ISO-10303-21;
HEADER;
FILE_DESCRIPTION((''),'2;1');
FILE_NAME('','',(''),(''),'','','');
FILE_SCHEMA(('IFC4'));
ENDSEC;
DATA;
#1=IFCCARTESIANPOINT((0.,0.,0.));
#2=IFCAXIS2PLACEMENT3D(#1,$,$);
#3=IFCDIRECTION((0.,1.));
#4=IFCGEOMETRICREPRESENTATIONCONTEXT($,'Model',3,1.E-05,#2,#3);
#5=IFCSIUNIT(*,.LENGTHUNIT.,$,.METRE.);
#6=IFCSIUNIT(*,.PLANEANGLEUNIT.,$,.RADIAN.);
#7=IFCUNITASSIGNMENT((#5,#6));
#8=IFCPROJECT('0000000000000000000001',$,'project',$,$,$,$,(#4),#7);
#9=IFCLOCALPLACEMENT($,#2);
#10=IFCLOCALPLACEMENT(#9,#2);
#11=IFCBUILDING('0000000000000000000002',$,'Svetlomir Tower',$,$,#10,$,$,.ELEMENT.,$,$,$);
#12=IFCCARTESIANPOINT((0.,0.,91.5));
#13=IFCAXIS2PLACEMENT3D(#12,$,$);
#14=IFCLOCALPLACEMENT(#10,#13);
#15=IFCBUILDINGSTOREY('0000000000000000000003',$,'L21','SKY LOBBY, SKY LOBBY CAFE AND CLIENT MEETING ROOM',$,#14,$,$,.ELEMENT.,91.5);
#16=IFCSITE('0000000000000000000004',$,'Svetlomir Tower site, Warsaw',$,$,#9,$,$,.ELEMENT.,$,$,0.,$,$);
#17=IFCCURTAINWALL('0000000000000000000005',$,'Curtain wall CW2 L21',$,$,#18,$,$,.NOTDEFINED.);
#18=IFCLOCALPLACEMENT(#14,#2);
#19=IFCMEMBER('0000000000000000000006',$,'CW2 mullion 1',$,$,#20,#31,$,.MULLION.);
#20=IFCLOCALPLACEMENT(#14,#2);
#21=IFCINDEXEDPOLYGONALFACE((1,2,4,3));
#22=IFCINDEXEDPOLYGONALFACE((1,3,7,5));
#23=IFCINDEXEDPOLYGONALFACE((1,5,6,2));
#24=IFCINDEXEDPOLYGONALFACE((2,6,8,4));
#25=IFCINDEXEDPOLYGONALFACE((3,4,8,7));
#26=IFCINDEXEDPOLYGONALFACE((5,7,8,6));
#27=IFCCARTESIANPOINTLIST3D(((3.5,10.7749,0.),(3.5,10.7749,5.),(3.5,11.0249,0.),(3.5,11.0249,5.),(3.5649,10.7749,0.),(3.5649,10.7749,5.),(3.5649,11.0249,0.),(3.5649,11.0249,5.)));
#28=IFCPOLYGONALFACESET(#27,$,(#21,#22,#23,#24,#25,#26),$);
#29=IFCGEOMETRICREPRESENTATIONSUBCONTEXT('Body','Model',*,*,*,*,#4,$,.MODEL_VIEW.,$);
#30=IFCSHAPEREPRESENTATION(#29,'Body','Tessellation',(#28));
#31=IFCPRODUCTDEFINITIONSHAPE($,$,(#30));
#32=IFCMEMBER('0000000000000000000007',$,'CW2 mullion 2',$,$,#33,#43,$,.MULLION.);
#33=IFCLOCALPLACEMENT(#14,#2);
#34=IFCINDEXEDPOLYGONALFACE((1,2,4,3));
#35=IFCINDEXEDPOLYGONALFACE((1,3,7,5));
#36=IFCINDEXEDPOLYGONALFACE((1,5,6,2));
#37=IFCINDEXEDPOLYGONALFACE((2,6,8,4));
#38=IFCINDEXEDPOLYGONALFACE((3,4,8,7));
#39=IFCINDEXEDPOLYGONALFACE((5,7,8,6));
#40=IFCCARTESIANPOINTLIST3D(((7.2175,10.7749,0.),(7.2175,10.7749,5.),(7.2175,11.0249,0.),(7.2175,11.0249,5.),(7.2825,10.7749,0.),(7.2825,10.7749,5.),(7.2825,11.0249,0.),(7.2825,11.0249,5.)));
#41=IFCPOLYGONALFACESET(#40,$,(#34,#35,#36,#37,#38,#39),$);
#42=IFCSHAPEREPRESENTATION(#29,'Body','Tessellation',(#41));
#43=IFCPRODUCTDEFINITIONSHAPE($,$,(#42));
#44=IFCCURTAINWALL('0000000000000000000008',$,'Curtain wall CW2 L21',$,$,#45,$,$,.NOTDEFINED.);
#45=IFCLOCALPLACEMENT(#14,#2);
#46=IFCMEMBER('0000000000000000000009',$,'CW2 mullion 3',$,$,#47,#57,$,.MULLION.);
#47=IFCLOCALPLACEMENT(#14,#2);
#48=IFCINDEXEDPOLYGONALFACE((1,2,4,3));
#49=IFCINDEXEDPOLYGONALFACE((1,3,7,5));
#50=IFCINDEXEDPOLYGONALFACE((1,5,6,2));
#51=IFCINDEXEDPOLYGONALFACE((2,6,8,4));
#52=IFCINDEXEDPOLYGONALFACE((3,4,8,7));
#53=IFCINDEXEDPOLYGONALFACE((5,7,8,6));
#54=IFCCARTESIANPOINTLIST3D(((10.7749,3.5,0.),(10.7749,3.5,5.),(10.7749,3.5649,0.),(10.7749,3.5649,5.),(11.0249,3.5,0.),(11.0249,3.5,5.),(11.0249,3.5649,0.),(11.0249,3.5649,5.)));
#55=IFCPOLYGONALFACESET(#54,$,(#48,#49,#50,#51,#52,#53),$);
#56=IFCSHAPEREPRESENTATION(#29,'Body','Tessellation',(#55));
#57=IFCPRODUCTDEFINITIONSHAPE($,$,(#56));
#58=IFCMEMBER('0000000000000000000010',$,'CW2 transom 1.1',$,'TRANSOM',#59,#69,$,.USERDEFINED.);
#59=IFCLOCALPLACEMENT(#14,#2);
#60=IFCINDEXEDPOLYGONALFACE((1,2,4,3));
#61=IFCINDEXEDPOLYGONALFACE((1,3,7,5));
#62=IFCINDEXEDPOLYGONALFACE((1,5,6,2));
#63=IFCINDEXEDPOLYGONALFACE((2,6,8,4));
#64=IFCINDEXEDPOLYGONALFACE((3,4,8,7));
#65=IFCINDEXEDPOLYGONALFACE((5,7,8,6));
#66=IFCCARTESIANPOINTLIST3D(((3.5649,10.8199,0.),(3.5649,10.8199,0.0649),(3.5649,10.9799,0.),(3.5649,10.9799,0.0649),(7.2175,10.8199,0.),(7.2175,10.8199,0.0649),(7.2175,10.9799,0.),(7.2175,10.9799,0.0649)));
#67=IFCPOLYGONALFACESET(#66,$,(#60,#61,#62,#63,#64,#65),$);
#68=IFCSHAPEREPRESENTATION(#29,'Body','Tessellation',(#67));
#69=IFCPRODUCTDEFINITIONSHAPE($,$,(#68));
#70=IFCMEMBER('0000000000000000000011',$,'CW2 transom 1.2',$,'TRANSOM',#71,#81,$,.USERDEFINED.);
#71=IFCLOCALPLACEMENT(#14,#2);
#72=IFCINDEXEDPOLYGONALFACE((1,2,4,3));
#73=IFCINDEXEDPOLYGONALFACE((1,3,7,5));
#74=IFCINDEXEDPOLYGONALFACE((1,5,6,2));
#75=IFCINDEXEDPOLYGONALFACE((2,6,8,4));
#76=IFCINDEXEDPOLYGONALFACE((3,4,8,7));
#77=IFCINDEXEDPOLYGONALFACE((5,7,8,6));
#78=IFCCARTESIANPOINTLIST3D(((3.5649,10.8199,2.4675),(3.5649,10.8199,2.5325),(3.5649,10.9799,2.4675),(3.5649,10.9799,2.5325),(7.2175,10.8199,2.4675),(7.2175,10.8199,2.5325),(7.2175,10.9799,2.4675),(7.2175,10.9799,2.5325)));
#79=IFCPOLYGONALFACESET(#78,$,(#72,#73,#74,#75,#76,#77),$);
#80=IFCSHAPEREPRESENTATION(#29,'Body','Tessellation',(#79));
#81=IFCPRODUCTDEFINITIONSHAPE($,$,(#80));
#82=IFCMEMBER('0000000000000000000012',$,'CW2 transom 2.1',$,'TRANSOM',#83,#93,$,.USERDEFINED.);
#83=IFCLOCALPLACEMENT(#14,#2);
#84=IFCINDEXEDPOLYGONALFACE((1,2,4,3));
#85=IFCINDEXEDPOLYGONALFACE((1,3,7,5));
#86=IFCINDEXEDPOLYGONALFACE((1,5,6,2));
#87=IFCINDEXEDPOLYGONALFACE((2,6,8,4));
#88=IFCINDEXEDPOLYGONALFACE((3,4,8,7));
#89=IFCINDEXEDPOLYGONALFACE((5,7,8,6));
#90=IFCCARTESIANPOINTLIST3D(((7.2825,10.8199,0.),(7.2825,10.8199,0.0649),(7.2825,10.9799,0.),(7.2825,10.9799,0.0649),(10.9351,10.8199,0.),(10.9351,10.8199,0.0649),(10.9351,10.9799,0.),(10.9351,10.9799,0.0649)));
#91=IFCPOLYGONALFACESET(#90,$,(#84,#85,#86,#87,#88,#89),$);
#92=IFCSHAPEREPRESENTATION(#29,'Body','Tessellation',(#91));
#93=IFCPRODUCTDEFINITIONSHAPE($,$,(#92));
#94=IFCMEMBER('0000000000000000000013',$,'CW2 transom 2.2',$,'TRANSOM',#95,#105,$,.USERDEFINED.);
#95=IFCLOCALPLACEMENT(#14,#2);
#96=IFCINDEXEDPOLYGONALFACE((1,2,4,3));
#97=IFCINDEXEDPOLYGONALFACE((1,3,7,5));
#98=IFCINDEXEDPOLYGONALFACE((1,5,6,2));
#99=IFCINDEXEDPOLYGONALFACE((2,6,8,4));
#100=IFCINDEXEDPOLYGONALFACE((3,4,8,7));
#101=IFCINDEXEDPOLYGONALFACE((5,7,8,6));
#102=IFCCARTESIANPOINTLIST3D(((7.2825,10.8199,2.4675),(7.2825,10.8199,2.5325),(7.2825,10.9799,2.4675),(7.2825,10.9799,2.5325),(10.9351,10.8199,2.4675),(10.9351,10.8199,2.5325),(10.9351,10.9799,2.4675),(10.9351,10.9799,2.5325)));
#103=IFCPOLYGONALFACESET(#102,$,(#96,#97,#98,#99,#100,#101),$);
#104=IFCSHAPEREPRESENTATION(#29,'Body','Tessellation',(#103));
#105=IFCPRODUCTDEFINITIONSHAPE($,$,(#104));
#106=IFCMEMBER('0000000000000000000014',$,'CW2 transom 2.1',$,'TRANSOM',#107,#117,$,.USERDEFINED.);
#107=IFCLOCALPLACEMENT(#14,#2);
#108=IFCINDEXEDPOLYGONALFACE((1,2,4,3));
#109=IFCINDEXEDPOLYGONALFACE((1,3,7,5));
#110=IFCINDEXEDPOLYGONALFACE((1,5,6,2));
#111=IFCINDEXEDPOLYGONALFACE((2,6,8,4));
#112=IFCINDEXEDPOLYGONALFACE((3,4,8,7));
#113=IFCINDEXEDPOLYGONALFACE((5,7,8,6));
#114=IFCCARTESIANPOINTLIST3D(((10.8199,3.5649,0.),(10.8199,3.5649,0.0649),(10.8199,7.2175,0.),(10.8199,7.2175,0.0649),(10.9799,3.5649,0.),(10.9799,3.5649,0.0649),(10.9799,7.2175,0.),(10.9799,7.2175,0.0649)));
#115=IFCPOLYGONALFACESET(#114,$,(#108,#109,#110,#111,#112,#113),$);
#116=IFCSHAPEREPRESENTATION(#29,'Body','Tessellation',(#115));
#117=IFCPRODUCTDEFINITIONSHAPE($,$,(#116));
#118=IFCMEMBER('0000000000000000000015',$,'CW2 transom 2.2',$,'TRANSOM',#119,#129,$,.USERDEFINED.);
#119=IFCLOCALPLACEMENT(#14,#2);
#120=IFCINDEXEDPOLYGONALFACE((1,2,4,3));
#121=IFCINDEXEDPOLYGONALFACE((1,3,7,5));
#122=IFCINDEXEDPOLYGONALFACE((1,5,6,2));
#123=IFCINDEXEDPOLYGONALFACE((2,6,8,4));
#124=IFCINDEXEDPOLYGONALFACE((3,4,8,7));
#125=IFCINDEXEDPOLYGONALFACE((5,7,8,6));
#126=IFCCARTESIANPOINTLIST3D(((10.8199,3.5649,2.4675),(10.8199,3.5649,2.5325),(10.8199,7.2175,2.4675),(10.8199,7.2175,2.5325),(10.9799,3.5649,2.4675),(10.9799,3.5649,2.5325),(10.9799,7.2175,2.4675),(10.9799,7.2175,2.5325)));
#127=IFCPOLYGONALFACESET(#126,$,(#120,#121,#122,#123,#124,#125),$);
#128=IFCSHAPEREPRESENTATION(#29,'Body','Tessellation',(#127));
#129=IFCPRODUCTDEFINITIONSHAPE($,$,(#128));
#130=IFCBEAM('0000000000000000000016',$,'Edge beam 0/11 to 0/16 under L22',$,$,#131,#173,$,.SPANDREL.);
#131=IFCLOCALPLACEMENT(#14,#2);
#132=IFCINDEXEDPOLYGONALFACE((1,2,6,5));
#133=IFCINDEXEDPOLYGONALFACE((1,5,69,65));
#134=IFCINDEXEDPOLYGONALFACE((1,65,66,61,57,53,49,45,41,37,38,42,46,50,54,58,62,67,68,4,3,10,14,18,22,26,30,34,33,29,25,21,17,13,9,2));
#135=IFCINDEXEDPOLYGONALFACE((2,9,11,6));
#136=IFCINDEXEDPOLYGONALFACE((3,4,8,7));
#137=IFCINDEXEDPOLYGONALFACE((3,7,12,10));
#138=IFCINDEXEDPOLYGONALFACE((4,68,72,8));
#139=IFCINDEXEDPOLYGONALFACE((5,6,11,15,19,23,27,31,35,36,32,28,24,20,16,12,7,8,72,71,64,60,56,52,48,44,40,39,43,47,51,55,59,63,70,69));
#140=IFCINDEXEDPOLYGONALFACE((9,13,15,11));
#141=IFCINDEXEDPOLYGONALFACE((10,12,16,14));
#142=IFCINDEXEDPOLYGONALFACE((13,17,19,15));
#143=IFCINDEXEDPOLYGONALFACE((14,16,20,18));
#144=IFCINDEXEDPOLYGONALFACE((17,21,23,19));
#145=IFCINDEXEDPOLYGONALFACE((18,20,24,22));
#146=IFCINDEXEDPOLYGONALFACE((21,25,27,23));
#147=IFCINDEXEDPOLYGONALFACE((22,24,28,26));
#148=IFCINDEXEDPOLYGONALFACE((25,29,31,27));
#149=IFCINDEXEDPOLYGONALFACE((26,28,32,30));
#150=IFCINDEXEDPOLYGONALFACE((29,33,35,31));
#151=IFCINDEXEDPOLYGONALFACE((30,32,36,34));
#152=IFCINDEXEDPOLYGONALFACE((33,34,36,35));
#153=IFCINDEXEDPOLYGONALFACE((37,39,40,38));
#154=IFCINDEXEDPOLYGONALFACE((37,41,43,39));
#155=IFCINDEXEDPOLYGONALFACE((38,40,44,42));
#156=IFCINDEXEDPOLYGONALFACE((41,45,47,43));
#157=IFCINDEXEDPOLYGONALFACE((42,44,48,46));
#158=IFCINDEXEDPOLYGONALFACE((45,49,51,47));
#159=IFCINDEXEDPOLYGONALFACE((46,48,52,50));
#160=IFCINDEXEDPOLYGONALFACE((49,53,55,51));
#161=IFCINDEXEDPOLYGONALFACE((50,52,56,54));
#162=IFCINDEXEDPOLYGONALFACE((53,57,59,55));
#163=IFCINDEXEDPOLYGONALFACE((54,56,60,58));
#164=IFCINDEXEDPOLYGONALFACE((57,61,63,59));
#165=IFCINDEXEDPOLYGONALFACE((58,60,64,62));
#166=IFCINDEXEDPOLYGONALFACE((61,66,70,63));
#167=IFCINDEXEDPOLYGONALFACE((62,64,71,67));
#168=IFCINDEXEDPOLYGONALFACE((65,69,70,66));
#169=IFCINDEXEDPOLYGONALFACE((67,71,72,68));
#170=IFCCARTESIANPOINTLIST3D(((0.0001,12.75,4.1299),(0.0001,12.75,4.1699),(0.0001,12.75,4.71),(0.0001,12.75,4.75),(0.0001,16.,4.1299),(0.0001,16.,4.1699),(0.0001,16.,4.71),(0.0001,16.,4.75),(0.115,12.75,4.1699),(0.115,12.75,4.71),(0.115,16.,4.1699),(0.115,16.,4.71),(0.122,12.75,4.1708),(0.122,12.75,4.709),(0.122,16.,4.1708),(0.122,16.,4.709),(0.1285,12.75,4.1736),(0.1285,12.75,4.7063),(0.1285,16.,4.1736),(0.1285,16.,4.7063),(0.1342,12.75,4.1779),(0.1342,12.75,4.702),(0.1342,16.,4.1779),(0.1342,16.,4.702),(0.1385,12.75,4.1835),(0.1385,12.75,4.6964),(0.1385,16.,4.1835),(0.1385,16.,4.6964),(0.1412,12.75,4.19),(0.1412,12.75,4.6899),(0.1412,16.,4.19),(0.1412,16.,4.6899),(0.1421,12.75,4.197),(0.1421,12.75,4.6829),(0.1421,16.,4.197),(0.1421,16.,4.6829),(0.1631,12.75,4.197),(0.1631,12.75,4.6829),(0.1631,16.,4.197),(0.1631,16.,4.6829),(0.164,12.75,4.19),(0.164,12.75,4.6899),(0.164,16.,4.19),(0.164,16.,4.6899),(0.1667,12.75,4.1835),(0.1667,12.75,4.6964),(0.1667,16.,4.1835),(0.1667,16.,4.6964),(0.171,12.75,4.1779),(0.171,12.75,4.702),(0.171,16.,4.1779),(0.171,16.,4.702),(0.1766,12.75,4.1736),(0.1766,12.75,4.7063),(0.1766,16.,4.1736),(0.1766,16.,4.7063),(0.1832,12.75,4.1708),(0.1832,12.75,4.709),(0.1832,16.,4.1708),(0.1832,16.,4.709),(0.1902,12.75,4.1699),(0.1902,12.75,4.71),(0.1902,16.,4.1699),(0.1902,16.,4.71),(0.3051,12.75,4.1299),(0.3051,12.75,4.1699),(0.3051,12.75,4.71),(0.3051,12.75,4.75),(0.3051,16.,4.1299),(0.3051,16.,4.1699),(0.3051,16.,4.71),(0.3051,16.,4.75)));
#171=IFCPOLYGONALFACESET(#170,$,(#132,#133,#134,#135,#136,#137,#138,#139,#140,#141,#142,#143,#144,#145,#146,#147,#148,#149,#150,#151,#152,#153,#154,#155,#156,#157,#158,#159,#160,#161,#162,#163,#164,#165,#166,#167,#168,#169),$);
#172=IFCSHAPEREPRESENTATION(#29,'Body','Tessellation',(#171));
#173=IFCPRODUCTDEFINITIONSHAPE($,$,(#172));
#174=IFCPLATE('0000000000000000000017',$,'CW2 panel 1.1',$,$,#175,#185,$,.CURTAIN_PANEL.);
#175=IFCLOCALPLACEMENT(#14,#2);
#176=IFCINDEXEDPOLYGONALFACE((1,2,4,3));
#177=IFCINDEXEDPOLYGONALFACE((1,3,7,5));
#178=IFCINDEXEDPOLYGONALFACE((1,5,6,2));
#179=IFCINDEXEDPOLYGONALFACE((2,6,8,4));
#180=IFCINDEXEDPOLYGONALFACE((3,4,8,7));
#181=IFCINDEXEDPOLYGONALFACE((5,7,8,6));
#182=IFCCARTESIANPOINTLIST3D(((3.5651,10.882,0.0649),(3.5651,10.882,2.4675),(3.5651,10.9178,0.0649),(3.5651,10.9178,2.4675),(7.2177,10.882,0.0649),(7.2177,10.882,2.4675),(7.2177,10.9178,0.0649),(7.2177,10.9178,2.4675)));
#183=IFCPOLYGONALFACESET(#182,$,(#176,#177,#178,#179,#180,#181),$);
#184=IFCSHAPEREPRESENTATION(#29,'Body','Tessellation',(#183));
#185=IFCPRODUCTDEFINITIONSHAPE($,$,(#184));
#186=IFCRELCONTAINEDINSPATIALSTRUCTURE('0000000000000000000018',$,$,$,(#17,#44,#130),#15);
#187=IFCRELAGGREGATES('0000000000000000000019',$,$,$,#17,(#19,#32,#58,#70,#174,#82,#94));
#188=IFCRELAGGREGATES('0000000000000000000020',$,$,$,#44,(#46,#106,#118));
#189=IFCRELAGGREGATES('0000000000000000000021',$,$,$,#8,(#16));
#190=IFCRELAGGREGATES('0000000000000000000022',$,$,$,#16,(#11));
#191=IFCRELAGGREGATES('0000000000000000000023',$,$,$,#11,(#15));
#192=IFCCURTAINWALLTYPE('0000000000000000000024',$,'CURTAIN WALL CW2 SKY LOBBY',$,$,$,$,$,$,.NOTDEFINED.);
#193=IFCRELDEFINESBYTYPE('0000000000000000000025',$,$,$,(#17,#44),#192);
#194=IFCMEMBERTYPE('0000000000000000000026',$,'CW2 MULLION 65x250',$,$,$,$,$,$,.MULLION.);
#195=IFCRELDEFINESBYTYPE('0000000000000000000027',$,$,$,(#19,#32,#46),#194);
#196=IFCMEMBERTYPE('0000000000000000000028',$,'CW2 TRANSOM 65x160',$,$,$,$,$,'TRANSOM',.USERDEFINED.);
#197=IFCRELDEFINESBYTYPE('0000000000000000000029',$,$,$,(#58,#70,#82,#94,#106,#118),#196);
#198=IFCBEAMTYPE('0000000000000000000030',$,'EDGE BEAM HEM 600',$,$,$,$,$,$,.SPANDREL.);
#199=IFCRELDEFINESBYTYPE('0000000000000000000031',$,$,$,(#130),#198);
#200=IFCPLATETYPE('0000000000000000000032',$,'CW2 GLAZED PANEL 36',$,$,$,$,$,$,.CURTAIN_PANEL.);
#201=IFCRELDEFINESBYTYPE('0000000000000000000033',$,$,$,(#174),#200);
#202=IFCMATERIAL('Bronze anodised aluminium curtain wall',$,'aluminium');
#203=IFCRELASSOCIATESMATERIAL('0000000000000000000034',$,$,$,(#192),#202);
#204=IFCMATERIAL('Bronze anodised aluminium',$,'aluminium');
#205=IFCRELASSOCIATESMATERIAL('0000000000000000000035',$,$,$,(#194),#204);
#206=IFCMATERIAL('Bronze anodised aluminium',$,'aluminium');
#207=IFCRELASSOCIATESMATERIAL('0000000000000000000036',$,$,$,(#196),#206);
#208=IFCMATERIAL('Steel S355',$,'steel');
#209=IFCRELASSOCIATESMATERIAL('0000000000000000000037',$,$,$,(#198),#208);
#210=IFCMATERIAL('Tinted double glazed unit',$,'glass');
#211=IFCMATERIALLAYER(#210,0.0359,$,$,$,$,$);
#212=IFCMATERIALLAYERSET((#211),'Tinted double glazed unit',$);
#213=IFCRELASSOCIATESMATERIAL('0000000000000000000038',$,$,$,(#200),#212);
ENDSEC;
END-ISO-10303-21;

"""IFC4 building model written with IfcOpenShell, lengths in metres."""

from ifc_helpers import new_model, si_unit, direction, frame, origin, origin_2d, place, context, subcontext, project, spatial, rectangle, i_section, extrude, material, layer, layer_set, material_profile, profile_set, type_object, element, aggregate, save


model = new_model("IFC4")

# Units and contexts
model_context = context("Model", 3, precision=1e-05, world=origin(), true_north=direction((0.0, 1.0)))
body_context = subcontext(model_context, "Body", "Model", "MODEL_VIEW")
ifc_project = project(units=[si_unit("LENGTHUNIT", "METRE"), si_unit("PLANEANGLEUNIT", "RADIAN")], contexts=[model_context])

# Site, building, storey
site_placement = place(None, origin())
site = spatial("IfcSite", under=ifc_project, at=site_placement, Name="Svetlomir Tower site, Warsaw", CompositionType="ELEMENT", RefElevation=0.0)
building_placement = place(site_placement, origin())
building = spatial("IfcBuilding", under=site, at=building_placement, Name="Svetlomir Tower", CompositionType="ELEMENT")
storey_placement = place(building_placement, frame((0.0, 0.0, 91.5)))
storey = spatial("IfcBuildingStorey", under=building, at=storey_placement, Name="L21", Description="SKY LOBBY, SKY LOBBY CAFE AND CLIENT MEETING ROOM", CompositionType="ELEMENT", Elevation=91.5)

# Curtain wall, members
ifc_material_1 = material(Name="Bronze anodised aluminium curtain wall", Category="aluminium")
curtain_wall_type = type_object("IfcCurtainWallType", Name="CURTAIN WALL CW2 SKY LOBBY", PredefinedType="NOTDEFINED", material=ifc_material_1)
curtain_wall_1_placement = place(storey_placement, origin())
curtain_wall_1 = element("IfcCurtainWall", 1, at=curtain_wall_1_placement, inside=storey, type_object=curtain_wall_type, Name="Curtain wall CW2 L21", PredefinedType="NOTDEFINED")
ifc_material_2 = material(Name="Bronze anodised aluminium", Category="aluminium")
ifc_material_profile_1 = material_profile(ifc_material_2, rectangle(XDim=0.0649, YDim=0.25, at=origin_2d()), Name="AL 65x250")
ifc_profile_set_1 = profile_set([ifc_material_profile_1], Name="Bronze anodised aluminium 6063-T6")
member_type_1 = type_object("IfcMemberType", Name="CW2 MULLION 65x250", PredefinedType="MULLION", material=ifc_profile_set_1)
member_1_placement = place(storey_placement, frame((3.5325, 10.8999, 0.0), z_axis=(0.0, 0.0, 1.0), x_axis=(1.0, 0.0, 0.0)))
member_1 = element("IfcMember", 2, at=member_1_placement, type_object=member_type_1, Name="CW2 mullion 1", PredefinedType="MULLION", context=body_context, shape_type="SweptSolid", body=[
    extrude(rectangle(XDim=0.0649, YDim=0.25, at=origin_2d()), origin(), (0.0, 0.0, 1.0), 5.0),
])
member_2_placement = place(storey_placement, frame((7.25, 10.8999, 0.0), z_axis=(0.0, 0.0, 1.0), x_axis=(1.0, 0.0, 0.0)))
member_2 = element("IfcMember", 3, at=member_2_placement, type_object=member_type_1, Name="CW2 mullion 2", PredefinedType="MULLION", context=body_context, shape_type="SweptSolid", body=[
    extrude(rectangle(XDim=0.0649, YDim=0.25, at=origin_2d()), origin(), (0.0, 0.0, 1.0), 5.0),
])

# Curtain wall, member
curtain_wall_2_placement = place(storey_placement, origin())
curtain_wall_2 = element("IfcCurtainWall", 4, at=curtain_wall_2_placement, inside=storey, type_object=curtain_wall_type, Name="Curtain wall CW2 L21", PredefinedType="NOTDEFINED")
member_3_placement = place(storey_placement, frame((10.8999, 3.5325, 0.0), z_axis=(0.0, 0.0, 1.0), x_axis=(0.0, -1.0, 0.0)))
member_3 = element("IfcMember", 5, at=member_3_placement, type_object=member_type_1, Name="CW2 mullion 3", PredefinedType="MULLION", context=body_context, shape_type="SweptSolid", body=[
    extrude(rectangle(XDim=0.0649, YDim=0.25, at=origin_2d()), origin(), (0.0, 0.0, 1.0), 5.0),
])

# Members
ifc_material_3 = material(Name="Bronze anodised aluminium", Category="aluminium")
ifc_material_profile_2 = material_profile(ifc_material_3, rectangle(XDim=0.1599, YDim=0.0649, at=origin_2d()), Name="AL 160x65")
ifc_profile_set_2 = profile_set([ifc_material_profile_2], Name="Bronze anodised aluminium 6063-T6")
member_type_2 = type_object("IfcMemberType", Name="CW2 TRANSOM 65x160", ElementType="TRANSOM", PredefinedType="USERDEFINED", material=ifc_profile_set_2)
member_4_placement = place(storey_placement, frame((3.5649, 10.8999, 0.0325), z_axis=(1.0, 0.0, 0.0), x_axis=(0.0, 1.0, 0.0)))
member_4 = element("IfcMember", 6, at=member_4_placement, type_object=member_type_2, Name="CW2 transom 1.1", ObjectType="TRANSOM", PredefinedType="USERDEFINED", context=body_context, shape_type="SweptSolid", body=[
    extrude(rectangle(XDim=0.1599, YDim=0.0649, at=origin_2d()), origin(), (0.0, 0.0, 1.0), 3.6526),
])
member_5_placement = place(storey_placement, frame((3.5649, 10.8999, 2.5), z_axis=(1.0, 0.0, 0.0), x_axis=(0.0, 1.0, 0.0)))
member_5 = element("IfcMember", 7, at=member_5_placement, type_object=member_type_2, Name="CW2 transom 1.2", ObjectType="TRANSOM", PredefinedType="USERDEFINED", context=body_context, shape_type="SweptSolid", body=[
    extrude(rectangle(XDim=0.1599, YDim=0.0649, at=origin_2d()), origin(), (0.0, 0.0, 1.0), 3.6526),
])
member_6_placement = place(storey_placement, frame((7.2825, 10.8999, 0.0325), z_axis=(1.0, 0.0, 0.0), x_axis=(0.0, 1.0, 0.0)))
member_6 = element("IfcMember", 8, at=member_6_placement, type_object=member_type_2, Name="CW2 transom 2.1", ObjectType="TRANSOM", PredefinedType="USERDEFINED", context=body_context, shape_type="SweptSolid", body=[
    extrude(rectangle(XDim=0.1599, YDim=0.0649, at=origin_2d()), origin(), (0.0, 0.0, 1.0), 3.6526),
])
member_7_placement = place(storey_placement, frame((7.2825, 10.8999, 2.5), z_axis=(1.0, 0.0, 0.0), x_axis=(0.0, 1.0, 0.0)))
member_7 = element("IfcMember", 9, at=member_7_placement, type_object=member_type_2, Name="CW2 transom 2.2", ObjectType="TRANSOM", PredefinedType="USERDEFINED", context=body_context, shape_type="SweptSolid", body=[
    extrude(rectangle(XDim=0.1599, YDim=0.0649, at=origin_2d()), origin(), (0.0, 0.0, 1.0), 3.6526),
])
member_8_placement = place(storey_placement, frame((10.8999, 7.2175, 0.0325), z_axis=(0.0, -1.0, 0.0), x_axis=(1.0, 0.0, 0.0)))
member_8 = element("IfcMember", 10, at=member_8_placement, type_object=member_type_2, Name="CW2 transom 2.1", ObjectType="TRANSOM", PredefinedType="USERDEFINED", context=body_context, shape_type="SweptSolid", body=[
    extrude(rectangle(XDim=0.1599, YDim=0.0649, at=origin_2d()), origin(), (0.0, 0.0, 1.0), 3.6526),
])
member_9_placement = place(storey_placement, frame((10.8999, 7.2175, 2.5), z_axis=(0.0, -1.0, 0.0), x_axis=(1.0, 0.0, 0.0)))
member_9 = element("IfcMember", 11, at=member_9_placement, type_object=member_type_2, Name="CW2 transom 2.2", ObjectType="TRANSOM", PredefinedType="USERDEFINED", context=body_context, shape_type="SweptSolid", body=[
    extrude(rectangle(XDim=0.1599, YDim=0.0649, at=origin_2d()), origin(), (0.0, 0.0, 1.0), 3.6526),
])

# Beam
ifc_material_4 = material(Name="Steel S355", Category="steel")
ifc_material_profile_3 = material_profile(ifc_material_4, i_section(OverallWidth=0.3049, OverallDepth=0.6201, WebThickness=0.021, FlangeThickness=0.04, FilletRadius=0.0271, at=origin_2d()), Name="HEM 600")
ifc_profile_set_3 = profile_set([ifc_material_profile_3], Name="Steel S355")
beam_type = type_object("IfcBeamType", Name="EDGE BEAM HEM 600", PredefinedType="SPANDREL", material=ifc_profile_set_3)
beam_placement = place(storey_placement, frame((0.1526, 12.75, 4.4399), z_axis=(0.0, 1.0, 0.0), x_axis=(-1.0, 0.0, 0.0)))
element("IfcBeam", 12, at=beam_placement, inside=storey, type_object=beam_type, Name="Edge beam 0/11 to 0/16 under L22", PredefinedType="SPANDREL", context=body_context, shape_type="SweptSolid", body=[
    extrude(i_section(OverallWidth=0.3049, OverallDepth=0.6201, WebThickness=0.021, FlangeThickness=0.04, FilletRadius=0.0271, at=origin_2d()), origin(), (0.0, 0.0, 1.0), 3.25),
])

# Plate
ifc_material_5 = material(Name="Tinted double glazed unit", Category="glass")
ifc_layer_1 = layer(ifc_material_5, 0.0359)
ifc_layer_set_1 = layer_set([ifc_layer_1], Name="Tinted double glazed unit")
plate_type = type_object("IfcPlateType", Name="CW2 GLAZED PANEL 36", PredefinedType="CURTAIN_PANEL", material=ifc_layer_set_1)
plate_1_placement = place(storey_placement, frame((5.3914, 10.8999, 0.0649), z_axis=(0.0, 0.0, 1.0), x_axis=(1.0, 0.0, 0.0)))
plate_1 = element("IfcPlate", 13, at=plate_1_placement, type_object=plate_type, Name="CW2 panel 1.1", PredefinedType="CURTAIN_PANEL", context=body_context, shape_type="SweptSolid", body=[
    extrude(rectangle(XDim=3.6526, YDim=0.0359, at=origin_2d()), origin(), (0.0, 0.0, 1.0), 2.4026),
])
aggregate(curtain_wall_1, [member_1, member_2, member_4, member_5, plate_1, member_6, member_7])
aggregate(curtain_wall_2, [member_3, member_8, member_9])

save(model, "model.ifc")
